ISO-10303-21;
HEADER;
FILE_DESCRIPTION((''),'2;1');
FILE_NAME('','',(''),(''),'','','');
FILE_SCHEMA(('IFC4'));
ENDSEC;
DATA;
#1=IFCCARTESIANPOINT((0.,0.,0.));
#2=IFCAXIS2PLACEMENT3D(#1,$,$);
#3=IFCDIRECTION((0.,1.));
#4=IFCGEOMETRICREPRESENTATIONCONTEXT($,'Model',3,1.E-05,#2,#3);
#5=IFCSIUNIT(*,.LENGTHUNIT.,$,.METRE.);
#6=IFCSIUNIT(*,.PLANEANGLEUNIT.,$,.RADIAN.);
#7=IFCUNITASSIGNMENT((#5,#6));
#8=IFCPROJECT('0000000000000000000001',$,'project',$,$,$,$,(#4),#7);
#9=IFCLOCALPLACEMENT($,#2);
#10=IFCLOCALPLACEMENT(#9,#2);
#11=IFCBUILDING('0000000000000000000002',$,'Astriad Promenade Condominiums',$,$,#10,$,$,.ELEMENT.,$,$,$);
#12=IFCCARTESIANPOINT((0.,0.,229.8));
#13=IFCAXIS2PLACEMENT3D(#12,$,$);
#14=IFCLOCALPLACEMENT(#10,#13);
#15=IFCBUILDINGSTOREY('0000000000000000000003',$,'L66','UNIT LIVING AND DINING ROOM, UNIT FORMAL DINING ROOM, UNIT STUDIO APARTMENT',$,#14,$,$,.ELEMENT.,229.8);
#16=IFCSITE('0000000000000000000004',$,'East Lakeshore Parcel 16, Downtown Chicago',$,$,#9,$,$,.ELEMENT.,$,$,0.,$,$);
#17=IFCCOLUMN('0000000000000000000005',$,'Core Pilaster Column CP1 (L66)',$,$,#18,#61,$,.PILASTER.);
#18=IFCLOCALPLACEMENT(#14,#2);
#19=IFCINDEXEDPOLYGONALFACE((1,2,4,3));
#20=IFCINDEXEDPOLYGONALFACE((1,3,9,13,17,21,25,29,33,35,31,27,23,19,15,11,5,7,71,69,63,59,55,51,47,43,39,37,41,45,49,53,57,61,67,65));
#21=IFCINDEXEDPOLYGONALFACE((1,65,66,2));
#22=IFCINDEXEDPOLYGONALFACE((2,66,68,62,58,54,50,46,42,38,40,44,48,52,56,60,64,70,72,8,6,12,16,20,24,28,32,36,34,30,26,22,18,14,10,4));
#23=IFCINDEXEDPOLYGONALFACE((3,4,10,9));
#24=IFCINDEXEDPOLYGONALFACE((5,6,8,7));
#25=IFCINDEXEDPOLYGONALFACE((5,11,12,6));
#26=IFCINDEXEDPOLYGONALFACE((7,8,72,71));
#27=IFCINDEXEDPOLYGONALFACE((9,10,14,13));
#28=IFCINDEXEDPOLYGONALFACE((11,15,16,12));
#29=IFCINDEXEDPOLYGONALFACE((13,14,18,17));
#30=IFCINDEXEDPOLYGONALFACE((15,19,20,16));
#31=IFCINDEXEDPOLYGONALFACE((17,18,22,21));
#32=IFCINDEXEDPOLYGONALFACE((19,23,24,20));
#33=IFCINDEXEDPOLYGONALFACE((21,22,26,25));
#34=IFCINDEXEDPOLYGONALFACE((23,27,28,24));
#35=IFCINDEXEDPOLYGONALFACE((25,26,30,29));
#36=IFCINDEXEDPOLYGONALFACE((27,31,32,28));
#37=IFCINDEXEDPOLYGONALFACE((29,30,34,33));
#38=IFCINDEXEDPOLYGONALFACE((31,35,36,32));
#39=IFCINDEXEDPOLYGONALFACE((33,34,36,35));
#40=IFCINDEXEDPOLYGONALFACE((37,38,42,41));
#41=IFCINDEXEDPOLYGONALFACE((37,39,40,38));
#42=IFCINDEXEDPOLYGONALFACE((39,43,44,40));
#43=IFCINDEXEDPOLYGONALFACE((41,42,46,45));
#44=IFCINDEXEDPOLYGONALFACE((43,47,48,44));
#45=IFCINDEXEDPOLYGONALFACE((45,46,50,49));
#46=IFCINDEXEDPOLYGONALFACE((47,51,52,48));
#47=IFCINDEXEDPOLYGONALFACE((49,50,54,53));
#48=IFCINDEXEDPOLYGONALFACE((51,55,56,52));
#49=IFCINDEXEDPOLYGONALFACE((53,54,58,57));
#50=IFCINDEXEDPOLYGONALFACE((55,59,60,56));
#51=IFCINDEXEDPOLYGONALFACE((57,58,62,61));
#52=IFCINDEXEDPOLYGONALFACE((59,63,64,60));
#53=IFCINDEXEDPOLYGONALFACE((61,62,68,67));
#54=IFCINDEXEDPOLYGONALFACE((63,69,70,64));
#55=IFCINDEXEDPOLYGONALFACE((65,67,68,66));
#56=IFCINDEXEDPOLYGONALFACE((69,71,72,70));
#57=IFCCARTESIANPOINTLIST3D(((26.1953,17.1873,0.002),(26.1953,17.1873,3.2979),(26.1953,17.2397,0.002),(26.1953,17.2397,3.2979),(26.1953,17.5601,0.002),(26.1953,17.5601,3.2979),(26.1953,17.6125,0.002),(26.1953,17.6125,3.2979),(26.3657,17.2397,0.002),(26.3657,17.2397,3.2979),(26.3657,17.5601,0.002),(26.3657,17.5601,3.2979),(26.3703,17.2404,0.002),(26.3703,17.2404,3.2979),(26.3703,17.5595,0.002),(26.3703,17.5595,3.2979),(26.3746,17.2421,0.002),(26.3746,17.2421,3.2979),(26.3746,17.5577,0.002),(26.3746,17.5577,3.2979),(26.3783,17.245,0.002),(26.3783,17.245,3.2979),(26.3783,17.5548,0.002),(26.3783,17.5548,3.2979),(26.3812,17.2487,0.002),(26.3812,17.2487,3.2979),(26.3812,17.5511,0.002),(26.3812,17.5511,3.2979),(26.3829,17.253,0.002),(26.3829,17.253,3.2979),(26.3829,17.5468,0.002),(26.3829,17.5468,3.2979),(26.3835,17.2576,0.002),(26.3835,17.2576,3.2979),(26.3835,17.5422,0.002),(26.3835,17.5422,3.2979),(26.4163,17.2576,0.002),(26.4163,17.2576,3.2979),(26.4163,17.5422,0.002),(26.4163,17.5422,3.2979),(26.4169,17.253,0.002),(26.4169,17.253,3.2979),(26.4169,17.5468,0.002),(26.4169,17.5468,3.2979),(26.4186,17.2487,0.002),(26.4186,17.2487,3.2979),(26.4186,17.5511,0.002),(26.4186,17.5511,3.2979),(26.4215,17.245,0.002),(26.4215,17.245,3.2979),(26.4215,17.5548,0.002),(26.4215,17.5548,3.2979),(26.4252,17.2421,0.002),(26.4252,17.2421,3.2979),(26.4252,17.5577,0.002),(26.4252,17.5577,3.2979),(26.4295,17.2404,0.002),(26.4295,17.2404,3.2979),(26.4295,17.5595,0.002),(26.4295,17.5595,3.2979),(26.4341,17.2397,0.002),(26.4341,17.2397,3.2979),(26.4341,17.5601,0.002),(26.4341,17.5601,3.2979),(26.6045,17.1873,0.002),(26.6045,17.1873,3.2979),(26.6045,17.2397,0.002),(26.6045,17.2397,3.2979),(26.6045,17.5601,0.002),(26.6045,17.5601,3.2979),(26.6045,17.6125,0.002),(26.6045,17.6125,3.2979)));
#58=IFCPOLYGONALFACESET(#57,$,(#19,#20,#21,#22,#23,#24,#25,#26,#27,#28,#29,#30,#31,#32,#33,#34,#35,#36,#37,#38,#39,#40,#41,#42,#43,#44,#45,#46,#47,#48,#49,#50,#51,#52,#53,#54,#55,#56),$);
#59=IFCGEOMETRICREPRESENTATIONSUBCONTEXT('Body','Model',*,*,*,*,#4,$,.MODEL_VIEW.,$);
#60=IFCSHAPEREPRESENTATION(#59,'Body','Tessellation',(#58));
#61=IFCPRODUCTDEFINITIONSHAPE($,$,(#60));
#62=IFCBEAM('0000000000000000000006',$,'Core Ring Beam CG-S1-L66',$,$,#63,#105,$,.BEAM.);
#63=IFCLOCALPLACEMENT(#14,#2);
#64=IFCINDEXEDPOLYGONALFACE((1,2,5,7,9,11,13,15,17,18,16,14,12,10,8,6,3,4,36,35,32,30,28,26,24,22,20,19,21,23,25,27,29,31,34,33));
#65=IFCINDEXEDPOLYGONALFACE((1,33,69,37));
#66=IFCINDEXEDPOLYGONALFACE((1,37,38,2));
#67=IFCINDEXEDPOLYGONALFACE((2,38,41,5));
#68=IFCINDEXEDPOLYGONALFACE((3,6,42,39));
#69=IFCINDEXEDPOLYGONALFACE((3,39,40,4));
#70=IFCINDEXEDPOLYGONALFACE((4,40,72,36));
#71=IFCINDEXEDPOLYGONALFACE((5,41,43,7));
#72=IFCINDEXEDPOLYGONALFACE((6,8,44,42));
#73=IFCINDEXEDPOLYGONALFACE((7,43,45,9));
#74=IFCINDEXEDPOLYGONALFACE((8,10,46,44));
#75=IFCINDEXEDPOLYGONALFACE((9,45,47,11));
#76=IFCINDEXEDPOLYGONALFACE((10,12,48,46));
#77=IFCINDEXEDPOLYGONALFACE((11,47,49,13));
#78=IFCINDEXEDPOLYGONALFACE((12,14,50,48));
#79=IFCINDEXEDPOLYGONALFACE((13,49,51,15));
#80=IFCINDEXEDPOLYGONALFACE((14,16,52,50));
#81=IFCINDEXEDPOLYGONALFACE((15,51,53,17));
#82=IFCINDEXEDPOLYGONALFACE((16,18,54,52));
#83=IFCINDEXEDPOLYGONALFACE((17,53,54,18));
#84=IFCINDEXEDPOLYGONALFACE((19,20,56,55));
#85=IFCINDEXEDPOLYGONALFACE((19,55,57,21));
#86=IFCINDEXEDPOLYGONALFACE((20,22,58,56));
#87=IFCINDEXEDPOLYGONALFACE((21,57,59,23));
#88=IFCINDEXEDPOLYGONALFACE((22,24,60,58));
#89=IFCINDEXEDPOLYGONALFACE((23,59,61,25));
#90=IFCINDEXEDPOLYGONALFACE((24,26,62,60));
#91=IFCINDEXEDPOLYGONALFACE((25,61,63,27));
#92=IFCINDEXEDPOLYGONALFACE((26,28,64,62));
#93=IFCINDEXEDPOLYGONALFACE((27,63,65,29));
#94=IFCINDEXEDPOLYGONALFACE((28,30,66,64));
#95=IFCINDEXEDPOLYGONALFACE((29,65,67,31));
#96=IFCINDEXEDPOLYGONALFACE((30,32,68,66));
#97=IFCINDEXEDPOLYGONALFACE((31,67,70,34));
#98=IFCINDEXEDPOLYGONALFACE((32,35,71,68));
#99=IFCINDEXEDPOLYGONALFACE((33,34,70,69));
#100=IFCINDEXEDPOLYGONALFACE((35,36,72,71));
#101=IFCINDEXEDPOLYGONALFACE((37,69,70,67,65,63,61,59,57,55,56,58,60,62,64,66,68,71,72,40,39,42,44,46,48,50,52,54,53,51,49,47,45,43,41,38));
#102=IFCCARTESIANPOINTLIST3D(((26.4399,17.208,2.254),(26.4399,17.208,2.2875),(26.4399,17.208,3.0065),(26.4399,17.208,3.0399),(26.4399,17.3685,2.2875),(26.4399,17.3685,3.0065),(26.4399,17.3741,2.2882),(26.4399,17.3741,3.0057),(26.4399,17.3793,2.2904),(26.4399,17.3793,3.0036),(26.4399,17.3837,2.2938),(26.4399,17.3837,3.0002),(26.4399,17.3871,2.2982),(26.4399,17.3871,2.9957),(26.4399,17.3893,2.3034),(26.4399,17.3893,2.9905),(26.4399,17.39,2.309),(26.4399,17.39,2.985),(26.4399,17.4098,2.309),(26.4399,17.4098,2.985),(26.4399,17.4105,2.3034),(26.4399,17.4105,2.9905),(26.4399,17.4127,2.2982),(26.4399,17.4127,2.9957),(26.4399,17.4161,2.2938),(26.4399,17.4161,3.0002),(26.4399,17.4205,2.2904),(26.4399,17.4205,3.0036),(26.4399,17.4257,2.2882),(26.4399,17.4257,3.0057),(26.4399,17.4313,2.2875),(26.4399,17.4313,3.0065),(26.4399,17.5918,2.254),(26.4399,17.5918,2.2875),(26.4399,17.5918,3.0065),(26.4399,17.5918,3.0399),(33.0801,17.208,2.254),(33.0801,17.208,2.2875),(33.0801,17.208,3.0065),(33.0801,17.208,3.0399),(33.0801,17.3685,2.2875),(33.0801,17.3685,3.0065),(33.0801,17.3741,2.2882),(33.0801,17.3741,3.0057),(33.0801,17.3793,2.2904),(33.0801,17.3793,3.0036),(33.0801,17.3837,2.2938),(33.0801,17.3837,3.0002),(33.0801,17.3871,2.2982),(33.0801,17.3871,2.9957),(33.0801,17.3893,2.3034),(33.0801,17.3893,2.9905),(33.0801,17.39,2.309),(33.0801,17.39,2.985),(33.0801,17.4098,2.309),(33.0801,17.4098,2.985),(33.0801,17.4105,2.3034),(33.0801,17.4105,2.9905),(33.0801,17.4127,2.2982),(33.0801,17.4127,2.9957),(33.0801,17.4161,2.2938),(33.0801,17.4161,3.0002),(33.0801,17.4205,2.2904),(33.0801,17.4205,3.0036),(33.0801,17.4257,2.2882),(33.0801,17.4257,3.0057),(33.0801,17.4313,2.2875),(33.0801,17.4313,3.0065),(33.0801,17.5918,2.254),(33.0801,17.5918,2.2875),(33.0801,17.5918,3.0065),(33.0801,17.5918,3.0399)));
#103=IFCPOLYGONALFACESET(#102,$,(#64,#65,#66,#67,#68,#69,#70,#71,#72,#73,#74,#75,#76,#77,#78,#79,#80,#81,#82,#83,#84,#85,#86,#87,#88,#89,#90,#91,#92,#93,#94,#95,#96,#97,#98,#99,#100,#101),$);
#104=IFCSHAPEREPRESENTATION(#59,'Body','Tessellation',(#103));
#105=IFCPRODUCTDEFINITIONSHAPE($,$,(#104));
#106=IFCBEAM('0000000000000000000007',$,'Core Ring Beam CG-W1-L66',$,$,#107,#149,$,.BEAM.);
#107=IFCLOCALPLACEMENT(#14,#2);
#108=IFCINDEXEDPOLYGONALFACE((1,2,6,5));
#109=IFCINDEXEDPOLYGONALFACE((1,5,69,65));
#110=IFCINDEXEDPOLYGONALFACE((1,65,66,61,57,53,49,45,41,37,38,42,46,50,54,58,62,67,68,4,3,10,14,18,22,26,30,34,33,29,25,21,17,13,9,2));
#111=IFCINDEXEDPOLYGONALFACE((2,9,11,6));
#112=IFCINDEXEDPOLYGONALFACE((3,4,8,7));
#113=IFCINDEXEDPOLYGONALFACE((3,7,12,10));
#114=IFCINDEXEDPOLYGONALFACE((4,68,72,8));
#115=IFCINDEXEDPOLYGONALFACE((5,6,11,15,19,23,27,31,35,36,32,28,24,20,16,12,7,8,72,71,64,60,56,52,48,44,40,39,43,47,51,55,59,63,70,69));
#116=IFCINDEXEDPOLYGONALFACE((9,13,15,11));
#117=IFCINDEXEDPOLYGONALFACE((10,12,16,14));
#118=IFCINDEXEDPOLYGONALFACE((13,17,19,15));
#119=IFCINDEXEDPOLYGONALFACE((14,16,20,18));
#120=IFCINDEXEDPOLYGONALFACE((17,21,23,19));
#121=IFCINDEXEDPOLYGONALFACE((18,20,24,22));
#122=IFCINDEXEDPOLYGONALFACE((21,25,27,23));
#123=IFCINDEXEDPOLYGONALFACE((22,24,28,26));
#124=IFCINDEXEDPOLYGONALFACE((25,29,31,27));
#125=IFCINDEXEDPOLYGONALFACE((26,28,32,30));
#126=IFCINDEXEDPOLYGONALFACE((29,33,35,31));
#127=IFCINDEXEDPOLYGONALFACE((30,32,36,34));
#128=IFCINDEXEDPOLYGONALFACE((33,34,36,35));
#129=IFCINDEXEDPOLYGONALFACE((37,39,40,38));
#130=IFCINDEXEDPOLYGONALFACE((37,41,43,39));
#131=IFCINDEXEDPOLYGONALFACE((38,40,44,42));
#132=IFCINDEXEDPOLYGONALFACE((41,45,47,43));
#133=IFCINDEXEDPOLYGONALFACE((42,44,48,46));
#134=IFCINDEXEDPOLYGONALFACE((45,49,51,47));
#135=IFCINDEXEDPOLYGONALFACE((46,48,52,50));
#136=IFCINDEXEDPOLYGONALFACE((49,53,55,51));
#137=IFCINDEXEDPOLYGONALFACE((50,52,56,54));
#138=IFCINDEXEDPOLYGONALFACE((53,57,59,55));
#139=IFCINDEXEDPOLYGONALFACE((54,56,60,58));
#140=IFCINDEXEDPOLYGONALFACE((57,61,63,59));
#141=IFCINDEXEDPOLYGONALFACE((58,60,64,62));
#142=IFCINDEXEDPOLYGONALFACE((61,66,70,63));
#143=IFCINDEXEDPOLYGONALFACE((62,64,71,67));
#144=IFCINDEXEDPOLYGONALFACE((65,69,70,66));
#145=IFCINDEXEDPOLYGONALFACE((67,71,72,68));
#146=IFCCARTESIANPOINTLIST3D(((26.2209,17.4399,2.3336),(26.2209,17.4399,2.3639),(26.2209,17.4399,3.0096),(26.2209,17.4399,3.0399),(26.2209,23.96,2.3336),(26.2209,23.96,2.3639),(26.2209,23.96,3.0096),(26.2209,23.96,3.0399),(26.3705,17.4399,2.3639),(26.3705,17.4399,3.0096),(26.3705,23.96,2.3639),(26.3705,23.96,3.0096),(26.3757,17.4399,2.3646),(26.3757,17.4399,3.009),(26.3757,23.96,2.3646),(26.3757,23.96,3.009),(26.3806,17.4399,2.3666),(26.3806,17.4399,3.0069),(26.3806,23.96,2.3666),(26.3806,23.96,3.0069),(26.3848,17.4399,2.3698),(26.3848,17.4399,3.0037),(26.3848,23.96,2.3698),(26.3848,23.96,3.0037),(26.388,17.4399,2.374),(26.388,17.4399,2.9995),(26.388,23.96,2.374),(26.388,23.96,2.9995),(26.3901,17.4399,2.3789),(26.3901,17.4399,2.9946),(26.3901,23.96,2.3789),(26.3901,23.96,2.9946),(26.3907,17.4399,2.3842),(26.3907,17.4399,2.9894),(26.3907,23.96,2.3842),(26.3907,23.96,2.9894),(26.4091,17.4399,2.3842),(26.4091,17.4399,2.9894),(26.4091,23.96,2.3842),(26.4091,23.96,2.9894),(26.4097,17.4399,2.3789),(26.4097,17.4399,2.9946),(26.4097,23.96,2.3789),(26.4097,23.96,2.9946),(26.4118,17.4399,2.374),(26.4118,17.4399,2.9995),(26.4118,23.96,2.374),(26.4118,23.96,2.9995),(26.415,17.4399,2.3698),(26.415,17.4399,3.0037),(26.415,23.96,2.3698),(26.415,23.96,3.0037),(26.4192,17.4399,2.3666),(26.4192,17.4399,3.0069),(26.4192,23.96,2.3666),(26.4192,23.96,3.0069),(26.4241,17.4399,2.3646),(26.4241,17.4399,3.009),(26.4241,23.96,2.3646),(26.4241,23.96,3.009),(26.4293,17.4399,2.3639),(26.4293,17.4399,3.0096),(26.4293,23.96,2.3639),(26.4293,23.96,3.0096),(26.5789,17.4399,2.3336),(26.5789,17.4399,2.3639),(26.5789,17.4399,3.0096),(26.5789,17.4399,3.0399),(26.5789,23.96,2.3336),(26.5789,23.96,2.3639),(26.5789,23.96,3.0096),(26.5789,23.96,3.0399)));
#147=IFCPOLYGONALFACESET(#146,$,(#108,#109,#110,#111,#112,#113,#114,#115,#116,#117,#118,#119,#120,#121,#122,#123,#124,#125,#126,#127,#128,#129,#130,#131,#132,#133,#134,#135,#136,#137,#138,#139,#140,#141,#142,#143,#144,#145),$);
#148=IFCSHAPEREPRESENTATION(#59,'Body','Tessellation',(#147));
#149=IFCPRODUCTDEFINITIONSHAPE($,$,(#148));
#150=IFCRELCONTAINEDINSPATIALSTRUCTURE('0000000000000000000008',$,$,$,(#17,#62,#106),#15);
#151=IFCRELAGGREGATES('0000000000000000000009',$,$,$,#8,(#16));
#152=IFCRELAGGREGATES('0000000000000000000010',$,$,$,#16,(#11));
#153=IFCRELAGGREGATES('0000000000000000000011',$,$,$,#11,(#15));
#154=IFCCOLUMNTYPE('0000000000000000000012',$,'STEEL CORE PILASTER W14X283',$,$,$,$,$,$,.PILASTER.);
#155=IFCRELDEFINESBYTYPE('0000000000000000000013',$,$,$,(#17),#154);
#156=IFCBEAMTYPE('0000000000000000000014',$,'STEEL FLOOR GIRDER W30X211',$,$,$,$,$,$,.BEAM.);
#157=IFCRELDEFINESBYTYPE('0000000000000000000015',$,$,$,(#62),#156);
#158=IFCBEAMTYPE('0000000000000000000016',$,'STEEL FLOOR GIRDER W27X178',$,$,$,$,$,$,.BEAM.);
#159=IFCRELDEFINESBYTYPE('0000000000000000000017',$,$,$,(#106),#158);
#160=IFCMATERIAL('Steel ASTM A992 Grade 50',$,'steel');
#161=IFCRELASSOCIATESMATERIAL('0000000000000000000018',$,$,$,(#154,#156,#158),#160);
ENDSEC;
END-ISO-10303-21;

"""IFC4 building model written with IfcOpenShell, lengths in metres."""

from ifc_helpers import new_model, si_unit, direction, frame, origin, origin_2d, place, context, subcontext, project, spatial, i_section, extrude, source, transform, mapped, material, material_profile, profile_set, type_object, type_shapes, element, save


model = new_model("IFC4")

# Units and contexts
model_context = context("Model", 3, precision=1e-05, world=origin(), true_north=direction((0.0, 1.0)))
body_context = subcontext(model_context, "Body", "Model", "MODEL_VIEW")
ifc_project = project(units=[si_unit("LENGTHUNIT", "METRE"), si_unit("PLANEANGLEUNIT", "RADIAN")], contexts=[model_context])

# Site, building, storey
site_placement = place(None, origin())
site = spatial("IfcSite", under=ifc_project, at=site_placement, Name="East Lakeshore Parcel 16, Downtown Chicago", CompositionType="ELEMENT", RefElevation=0.0)
building_placement = place(site_placement, origin())
building = spatial("IfcBuilding", under=site, at=building_placement, Name="Astriad Promenade Condominiums", CompositionType="ELEMENT")
storey_placement = place(building_placement, frame((0.0, 0.0, 229.8)))
storey = spatial("IfcBuildingStorey", under=building, at=storey_placement, Name="L66", Description="UNIT LIVING AND DINING ROOM, UNIT FORMAL DINING ROOM, UNIT STUDIO APARTMENT", CompositionType="ELEMENT", Elevation=229.8)

# Column
ifc_material_1 = material(Name="Steel ASTM A992 Grade 50", Category="steel")
ifc_material_profile_1 = material_profile(ifc_material_1, i_section(OverallWidth=0.4092, OverallDepth=0.4253, WebThickness=0.0327, FlangeThickness=0.0525, FilletRadius=0.0178, at=origin_2d()), Name="W14X283")
ifc_profile_set_1 = profile_set([ifc_material_profile_1], Name="Steel ASTM A992 Grade 50")
column_type = type_object("IfcColumnType", Name="STEEL CORE PILASTER W14X283", PredefinedType="PILASTER", material=ifc_profile_set_1)
shared_shape_1 = source(origin(), body_context, "Body", "SweptSolid", [
    extrude(i_section(OverallWidth=0.4092, OverallDepth=0.4253, WebThickness=0.0327, FlangeThickness=0.0525, FilletRadius=0.0178, at=origin_2d()), origin(), (0.0, 0.0, 1.0), 3.2959),
])
type_shapes(column_type, [shared_shape_1])
column_placement = place(storey_placement, frame((26.3999, 17.3999, 0.002), z_axis=(0.0, 0.0, 1.0), x_axis=(1.0, 0.0, 0.0)))
element("IfcColumn", 1, at=column_placement, inside=storey, type_object=column_type, Name="Core Pilaster Column CP1 (L66)", PredefinedType="PILASTER", context=body_context, shape_type="MappedRepresentation", body=[
    mapped(shared_shape_1, transform((0.0, 0.0, 0.0), scale=1.0)),
])

# Beams
ifc_material_profile_2 = material_profile(ifc_material_1, i_section(OverallWidth=0.3838, OverallDepth=0.7859, WebThickness=0.0198, FlangeThickness=0.0334, FilletRadius=0.0215, at=origin_2d()), Name="W30X211")
ifc_profile_set_2 = profile_set([ifc_material_profile_2], Name="Steel ASTM A992 Grade 50")
beam_type_1 = type_object("IfcBeamType", Name="STEEL FLOOR GIRDER W30X211", PredefinedType="BEAM", material=ifc_profile_set_2)
shared_shape_2 = source(origin(), body_context, "Body", "SweptSolid", [
    extrude(i_section(OverallWidth=0.3838, OverallDepth=0.7859, WebThickness=0.0198, FlangeThickness=0.0334, FilletRadius=0.0215, at=origin_2d()), origin(), (0.0, 0.0, 1.0), 6.6401),
])
type_shapes(beam_type_1, [shared_shape_2])
beam_1_placement = place(storey_placement, frame((26.4399, 17.3999, 2.647), z_axis=(1.0, 0.0, 0.0), x_axis=(0.0, 1.0, 0.0)))
element("IfcBeam", 2, at=beam_1_placement, inside=storey, type_object=beam_type_1, Name="Core Ring Beam CG-S1-L66", PredefinedType="BEAM", context=body_context, shape_type="MappedRepresentation", body=[
    mapped(shared_shape_2, transform((0.0, 0.0, 0.0), scale=1.0)),
])
ifc_material_profile_3 = material_profile(ifc_material_1, i_section(OverallWidth=0.3579, OverallDepth=0.7063, WebThickness=0.0183, FlangeThickness=0.0303, FilletRadius=0.0203, at=origin_2d()), Name="W27X178")
ifc_profile_set_3 = profile_set([ifc_material_profile_3], Name="Steel ASTM A992 Grade 50")
beam_type_2 = type_object("IfcBeamType", Name="STEEL FLOOR GIRDER W27X178", PredefinedType="BEAM", material=ifc_profile_set_3)
shared_shape_3 = source(origin(), body_context, "Body", "SweptSolid", [
    extrude(i_section(OverallWidth=0.3579, OverallDepth=0.7063, WebThickness=0.0183, FlangeThickness=0.0303, FilletRadius=0.0203, at=origin_2d()), origin(), (0.0, 0.0, 1.0), 6.52),
])
type_shapes(beam_type_2, [shared_shape_3])
beam_2_placement = place(storey_placement, frame((26.3999, 17.4399, 2.6868), z_axis=(0.0, 1.0, 0.0), x_axis=(-1.0, 0.0, 0.0)))
element("IfcBeam", 3, at=beam_2_placement, inside=storey, type_object=beam_type_2, Name="Core Ring Beam CG-W1-L66", PredefinedType="BEAM", context=body_context, shape_type="MappedRepresentation", body=[
    mapped(shared_shape_3, transform((0.0, 0.0, 0.0), scale=1.0)),
])

save(model, "model.ifc")
